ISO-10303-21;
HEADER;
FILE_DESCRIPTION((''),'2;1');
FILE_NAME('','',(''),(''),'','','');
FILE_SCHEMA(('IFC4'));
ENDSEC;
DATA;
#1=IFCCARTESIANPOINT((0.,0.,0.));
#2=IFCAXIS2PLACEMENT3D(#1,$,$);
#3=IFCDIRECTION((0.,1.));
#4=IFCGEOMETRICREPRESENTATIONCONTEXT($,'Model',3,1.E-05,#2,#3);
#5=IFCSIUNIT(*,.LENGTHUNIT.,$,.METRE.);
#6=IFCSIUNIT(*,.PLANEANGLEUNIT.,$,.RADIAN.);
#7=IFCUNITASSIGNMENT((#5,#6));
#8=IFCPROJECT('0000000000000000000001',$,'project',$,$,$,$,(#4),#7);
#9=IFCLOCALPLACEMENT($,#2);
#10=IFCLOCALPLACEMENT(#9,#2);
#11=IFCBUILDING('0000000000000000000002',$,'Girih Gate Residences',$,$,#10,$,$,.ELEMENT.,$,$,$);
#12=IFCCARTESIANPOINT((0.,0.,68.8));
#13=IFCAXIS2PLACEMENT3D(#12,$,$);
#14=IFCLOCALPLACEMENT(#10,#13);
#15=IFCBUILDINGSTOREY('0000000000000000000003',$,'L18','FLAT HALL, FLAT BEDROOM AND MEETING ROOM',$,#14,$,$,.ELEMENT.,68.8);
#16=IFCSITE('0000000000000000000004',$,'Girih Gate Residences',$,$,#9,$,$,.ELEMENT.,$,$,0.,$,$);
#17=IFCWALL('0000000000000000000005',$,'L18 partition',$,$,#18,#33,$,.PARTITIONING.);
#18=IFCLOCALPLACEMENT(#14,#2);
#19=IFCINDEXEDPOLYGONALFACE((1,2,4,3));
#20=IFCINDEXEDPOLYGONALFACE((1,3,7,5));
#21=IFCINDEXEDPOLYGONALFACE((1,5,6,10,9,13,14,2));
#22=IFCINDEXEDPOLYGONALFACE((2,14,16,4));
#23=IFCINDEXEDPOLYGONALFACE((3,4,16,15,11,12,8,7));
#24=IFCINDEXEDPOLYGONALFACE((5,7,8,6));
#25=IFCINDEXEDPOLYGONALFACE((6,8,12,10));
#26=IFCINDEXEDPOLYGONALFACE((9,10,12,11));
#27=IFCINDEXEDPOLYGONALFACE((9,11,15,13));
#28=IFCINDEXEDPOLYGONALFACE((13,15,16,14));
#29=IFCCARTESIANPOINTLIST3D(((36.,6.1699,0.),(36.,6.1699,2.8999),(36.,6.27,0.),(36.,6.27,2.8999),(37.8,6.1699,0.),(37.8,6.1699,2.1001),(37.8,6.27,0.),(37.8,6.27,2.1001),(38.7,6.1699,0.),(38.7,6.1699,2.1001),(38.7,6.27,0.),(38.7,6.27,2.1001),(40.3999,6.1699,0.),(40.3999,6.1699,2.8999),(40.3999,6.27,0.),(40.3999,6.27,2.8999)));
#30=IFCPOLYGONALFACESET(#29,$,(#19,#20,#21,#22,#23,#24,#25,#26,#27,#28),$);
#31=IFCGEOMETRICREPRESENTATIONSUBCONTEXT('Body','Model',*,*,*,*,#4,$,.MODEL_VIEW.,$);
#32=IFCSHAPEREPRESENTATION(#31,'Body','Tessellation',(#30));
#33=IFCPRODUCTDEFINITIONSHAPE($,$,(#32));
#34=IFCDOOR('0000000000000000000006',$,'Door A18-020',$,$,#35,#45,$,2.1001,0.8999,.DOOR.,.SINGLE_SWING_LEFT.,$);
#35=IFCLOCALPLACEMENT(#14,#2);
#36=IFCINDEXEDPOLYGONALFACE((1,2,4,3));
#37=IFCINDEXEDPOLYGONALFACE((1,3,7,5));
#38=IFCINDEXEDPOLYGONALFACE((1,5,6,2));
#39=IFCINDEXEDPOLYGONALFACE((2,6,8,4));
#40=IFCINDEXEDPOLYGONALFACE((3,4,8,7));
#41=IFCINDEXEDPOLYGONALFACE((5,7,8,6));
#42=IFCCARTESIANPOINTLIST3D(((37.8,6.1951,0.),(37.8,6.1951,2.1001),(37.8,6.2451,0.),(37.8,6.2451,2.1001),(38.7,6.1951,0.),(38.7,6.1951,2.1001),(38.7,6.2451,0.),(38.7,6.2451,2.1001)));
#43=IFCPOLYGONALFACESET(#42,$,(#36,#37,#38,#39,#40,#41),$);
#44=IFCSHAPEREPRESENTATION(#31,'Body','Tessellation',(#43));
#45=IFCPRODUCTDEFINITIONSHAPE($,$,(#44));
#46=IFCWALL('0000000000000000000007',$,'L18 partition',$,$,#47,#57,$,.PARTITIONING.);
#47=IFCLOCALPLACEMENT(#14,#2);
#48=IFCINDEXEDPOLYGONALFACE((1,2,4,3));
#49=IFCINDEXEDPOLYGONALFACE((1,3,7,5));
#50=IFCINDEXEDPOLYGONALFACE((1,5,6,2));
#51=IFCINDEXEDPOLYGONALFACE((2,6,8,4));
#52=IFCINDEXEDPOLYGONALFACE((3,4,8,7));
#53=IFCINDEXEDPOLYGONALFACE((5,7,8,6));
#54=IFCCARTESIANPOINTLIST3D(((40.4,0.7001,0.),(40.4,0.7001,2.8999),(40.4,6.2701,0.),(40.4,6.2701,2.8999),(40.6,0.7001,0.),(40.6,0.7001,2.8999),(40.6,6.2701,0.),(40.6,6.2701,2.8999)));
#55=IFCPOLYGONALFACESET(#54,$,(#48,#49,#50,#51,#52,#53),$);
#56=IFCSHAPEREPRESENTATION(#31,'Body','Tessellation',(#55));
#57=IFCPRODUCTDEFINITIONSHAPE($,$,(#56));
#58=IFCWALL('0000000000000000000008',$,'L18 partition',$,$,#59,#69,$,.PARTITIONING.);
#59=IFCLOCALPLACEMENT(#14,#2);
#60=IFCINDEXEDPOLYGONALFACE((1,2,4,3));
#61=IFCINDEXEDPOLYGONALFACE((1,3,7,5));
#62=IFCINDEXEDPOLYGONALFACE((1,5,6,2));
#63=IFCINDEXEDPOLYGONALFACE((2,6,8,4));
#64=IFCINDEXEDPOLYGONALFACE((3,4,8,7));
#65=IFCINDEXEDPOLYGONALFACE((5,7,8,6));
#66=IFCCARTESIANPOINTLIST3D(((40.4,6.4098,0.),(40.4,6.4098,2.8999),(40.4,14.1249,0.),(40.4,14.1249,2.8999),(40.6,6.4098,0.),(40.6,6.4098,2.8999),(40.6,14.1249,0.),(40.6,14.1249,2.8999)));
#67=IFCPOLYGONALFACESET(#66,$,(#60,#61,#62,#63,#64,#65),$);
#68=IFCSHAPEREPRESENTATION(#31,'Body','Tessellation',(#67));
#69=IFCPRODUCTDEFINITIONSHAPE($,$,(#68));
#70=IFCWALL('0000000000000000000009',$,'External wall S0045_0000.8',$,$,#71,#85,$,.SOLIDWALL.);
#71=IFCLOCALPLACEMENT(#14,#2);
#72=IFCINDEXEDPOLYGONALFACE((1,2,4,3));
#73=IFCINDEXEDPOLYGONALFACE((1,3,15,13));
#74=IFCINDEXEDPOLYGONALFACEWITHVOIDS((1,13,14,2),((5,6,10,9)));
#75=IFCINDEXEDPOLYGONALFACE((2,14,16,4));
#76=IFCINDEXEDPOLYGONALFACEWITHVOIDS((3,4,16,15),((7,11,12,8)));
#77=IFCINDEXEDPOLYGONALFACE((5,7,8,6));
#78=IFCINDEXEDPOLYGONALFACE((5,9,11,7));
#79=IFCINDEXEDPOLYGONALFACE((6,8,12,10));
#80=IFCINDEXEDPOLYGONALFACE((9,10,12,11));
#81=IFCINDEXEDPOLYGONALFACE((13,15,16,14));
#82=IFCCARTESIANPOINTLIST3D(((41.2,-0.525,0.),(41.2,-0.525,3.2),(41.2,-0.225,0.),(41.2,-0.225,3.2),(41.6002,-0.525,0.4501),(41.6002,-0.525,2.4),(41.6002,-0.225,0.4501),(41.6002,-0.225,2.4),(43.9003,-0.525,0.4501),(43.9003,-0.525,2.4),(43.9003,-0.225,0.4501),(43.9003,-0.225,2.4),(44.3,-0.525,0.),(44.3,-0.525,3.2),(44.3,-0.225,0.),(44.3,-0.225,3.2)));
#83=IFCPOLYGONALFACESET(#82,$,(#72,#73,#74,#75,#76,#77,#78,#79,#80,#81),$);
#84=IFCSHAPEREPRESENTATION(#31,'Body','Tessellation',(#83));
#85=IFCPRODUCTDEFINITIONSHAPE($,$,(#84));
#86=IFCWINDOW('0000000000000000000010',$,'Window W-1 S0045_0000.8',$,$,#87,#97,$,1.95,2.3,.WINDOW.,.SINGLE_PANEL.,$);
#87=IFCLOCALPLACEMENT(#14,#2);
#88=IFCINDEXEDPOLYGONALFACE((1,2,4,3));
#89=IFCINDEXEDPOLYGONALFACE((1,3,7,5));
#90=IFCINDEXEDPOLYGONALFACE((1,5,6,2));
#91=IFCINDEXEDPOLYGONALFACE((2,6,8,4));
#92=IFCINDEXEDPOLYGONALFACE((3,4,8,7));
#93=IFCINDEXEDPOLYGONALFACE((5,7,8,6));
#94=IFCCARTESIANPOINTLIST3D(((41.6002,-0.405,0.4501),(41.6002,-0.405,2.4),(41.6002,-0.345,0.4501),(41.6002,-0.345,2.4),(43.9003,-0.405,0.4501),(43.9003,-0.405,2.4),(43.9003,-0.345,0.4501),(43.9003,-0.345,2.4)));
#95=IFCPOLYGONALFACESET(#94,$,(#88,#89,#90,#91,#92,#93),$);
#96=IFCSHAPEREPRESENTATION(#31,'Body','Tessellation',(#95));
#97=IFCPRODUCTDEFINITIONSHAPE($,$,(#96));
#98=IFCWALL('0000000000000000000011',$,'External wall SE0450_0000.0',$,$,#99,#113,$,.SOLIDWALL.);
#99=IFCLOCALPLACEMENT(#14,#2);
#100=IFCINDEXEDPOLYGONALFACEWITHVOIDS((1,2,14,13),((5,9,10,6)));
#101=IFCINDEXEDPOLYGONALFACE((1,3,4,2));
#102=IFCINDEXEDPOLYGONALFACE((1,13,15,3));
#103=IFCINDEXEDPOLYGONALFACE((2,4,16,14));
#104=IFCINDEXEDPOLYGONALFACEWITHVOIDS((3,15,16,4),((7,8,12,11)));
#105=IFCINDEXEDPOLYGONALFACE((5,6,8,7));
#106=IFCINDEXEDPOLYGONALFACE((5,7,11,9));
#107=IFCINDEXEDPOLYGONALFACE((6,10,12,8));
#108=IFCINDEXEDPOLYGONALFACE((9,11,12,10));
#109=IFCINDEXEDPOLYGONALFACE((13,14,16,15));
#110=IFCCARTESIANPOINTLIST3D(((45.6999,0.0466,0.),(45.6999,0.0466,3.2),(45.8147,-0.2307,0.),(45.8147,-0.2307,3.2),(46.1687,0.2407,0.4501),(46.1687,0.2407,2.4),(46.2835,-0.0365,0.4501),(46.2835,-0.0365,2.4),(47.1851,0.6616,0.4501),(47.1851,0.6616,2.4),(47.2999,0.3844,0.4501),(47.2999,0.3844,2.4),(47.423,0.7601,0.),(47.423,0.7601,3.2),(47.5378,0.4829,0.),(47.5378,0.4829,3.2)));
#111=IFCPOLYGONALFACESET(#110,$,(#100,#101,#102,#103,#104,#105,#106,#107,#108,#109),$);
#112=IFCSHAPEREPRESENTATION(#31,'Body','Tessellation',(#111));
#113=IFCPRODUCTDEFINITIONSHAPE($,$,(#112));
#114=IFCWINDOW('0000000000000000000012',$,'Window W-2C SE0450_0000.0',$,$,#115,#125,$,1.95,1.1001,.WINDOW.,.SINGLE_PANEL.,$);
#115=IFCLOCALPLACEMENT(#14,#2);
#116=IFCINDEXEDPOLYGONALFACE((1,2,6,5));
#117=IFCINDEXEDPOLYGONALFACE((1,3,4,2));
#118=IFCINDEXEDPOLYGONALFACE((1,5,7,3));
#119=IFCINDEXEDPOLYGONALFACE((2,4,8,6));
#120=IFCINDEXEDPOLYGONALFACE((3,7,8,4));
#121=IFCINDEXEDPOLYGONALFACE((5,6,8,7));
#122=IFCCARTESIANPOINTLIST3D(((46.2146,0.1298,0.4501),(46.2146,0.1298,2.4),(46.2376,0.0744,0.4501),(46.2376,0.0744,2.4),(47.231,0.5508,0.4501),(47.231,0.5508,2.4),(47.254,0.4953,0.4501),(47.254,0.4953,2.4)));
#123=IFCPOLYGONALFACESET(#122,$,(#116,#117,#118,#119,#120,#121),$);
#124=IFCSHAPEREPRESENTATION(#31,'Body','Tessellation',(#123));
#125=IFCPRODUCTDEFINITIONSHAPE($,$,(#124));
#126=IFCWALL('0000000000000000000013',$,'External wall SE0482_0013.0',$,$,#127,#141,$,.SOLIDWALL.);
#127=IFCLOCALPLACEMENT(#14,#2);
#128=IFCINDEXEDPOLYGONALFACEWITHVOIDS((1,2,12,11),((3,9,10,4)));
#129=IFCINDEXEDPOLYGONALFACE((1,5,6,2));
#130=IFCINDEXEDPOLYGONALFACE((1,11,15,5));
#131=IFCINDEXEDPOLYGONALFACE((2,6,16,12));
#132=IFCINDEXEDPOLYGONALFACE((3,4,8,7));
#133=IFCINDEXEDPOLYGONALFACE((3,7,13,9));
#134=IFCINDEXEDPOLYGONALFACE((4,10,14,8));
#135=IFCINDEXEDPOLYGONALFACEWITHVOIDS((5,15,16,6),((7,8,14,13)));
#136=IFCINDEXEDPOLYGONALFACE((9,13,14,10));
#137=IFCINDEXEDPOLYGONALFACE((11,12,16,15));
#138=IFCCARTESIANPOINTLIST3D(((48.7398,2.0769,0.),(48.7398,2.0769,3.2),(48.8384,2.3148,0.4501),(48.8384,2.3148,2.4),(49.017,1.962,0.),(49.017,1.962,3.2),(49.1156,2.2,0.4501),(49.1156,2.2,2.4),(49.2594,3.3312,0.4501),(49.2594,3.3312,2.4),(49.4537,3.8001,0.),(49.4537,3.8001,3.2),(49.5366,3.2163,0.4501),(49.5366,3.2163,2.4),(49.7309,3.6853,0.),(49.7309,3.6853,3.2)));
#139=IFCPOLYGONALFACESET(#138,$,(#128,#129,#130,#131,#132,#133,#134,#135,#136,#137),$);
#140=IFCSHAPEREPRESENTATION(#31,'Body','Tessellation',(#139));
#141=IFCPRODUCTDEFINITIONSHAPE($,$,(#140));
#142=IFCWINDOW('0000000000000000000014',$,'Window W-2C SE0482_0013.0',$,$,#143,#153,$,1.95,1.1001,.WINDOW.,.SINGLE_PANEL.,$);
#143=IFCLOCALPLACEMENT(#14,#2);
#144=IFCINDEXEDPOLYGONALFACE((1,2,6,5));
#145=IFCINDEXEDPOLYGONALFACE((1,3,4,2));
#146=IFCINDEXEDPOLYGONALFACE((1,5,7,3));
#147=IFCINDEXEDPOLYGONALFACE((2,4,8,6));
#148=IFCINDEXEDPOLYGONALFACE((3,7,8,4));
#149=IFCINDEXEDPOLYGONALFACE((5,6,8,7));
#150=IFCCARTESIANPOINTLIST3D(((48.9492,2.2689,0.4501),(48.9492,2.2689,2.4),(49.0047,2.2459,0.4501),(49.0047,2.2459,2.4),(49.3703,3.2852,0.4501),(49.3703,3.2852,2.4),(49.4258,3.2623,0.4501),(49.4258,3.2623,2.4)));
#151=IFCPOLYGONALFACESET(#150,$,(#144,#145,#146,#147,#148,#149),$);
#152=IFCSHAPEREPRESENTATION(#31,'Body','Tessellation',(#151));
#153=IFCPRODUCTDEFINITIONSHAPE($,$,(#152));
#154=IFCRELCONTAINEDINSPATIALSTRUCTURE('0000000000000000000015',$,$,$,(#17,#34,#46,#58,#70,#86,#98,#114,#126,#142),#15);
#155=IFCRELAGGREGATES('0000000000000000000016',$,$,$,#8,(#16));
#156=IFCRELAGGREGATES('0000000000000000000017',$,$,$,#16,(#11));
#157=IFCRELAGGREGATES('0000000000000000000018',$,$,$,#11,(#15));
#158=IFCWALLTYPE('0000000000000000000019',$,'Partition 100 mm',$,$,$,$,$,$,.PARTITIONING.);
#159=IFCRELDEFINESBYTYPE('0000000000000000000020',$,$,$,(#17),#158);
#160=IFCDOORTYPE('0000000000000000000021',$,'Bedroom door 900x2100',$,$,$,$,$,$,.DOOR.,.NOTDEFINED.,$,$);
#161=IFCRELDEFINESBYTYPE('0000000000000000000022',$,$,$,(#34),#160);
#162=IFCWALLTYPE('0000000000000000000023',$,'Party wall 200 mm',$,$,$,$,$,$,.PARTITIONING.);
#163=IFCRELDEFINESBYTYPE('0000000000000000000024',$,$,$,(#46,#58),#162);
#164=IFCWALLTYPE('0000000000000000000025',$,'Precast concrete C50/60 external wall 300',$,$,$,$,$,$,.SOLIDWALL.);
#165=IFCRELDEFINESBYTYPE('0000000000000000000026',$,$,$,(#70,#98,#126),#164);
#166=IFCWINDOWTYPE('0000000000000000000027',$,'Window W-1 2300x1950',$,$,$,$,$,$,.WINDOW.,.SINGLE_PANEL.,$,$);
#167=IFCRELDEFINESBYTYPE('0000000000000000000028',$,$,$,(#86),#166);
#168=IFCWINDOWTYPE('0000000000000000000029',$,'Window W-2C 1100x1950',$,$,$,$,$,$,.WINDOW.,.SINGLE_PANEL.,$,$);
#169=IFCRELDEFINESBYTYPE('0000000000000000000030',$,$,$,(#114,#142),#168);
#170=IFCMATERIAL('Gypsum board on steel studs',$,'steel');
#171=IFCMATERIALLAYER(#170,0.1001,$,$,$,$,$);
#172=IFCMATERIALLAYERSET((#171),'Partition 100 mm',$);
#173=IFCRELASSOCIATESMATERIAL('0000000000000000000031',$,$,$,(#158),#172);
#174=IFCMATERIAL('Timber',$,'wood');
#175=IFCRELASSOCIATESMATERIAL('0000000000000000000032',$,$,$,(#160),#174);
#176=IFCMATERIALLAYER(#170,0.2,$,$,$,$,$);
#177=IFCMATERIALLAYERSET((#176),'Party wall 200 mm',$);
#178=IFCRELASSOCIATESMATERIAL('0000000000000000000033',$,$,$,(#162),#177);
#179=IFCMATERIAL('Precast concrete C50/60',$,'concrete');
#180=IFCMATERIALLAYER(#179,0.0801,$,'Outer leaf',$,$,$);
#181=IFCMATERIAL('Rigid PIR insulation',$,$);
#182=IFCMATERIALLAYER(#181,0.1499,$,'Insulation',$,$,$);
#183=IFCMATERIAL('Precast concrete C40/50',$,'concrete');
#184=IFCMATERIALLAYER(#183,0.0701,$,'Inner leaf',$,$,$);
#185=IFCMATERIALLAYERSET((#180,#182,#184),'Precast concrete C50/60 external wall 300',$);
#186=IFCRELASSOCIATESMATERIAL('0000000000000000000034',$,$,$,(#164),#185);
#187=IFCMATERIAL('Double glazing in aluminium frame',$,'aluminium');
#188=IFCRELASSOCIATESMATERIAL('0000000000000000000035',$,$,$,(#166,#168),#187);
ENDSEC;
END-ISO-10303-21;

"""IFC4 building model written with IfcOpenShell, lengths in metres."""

from ifc_helpers import new_model, si_unit, direction, frame, frame_2d, origin, place, context, subcontext, project, spatial, rectangle, extrude, material, layer, layer_set, type_object, element, fill, save


model = new_model("IFC4")

# Units and contexts
model_context = context("Model", 3, precision=1e-05, world=origin(), true_north=direction((0.0, 1.0)))
body_context = subcontext(model_context, "Body", "Model", "MODEL_VIEW")
ifc_project = project(units=[si_unit("LENGTHUNIT", "METRE"), si_unit("PLANEANGLEUNIT", "RADIAN")], contexts=[model_context])

# Site, building, storey
site_placement = place(None, origin())
site = spatial("IfcSite", under=ifc_project, at=site_placement, Name="Girih Gate Residences", CompositionType="ELEMENT", RefElevation=0.0)
building_placement = place(site_placement, origin())
building = spatial("IfcBuilding", under=site, at=building_placement, Name="Girih Gate Residences", CompositionType="ELEMENT")
storey_placement = place(building_placement, frame((0.0, 0.0, 68.8)))
storey = spatial("IfcBuildingStorey", under=building, at=storey_placement, Name="L18", Description="FLAT HALL, FLAT BEDROOM AND MEETING ROOM", CompositionType="ELEMENT", Elevation=68.8)

# Shared definitions
ifc_material_1 = material(Name="Gypsum board on steel studs", Category="steel")
ifc_layer_1 = layer(ifc_material_1, 0.1001)
ifc_layer_set_1 = layer_set([ifc_layer_1], Name="Partition 100 mm")
wall_type_1 = type_object("IfcWallType", Name="Partition 100 mm", PredefinedType="PARTITIONING", material=ifc_layer_set_1)
ifc_material_2 = material(Name="Timber", Category="wood")
door_type_1 = type_object("IfcDoorType", Name="Bedroom door 900x2100", OperationType="NOTDEFINED", PredefinedType="DOOR", material=ifc_material_2)

# Wall, opening, door
wall_1_placement = place(storey_placement, frame((40.3999, 6.22, 0.0), z_axis=(0.0, 0.0, 1.0), x_axis=(-1.0, 0.0, 0.0)))
wall_1 = element("IfcWall", 1, at=wall_1_placement, inside=storey, type_object=wall_type_1, Name="L18 partition", PredefinedType="PARTITIONING", context=body_context, shape_type="SweptSolid", body=[
    extrude(rectangle(XDim=4.3999, YDim=0.1001, at=frame_2d((2.2, 0.0))), origin(), (0.0, 0.0, 1.0), 2.8999),
])
opening_1_placement = place(wall_1_placement, frame((1.7, 0.0, 0.0)))
opening_1 = element("IfcOpeningElement", 2, at=opening_1_placement, cuts=wall_1, PredefinedType="OPENING", context=body_context, shape_type="SweptSolid", body=[
    extrude(rectangle(XDim=0.8999, YDim=2.1001, at=frame_2d((0.45, 1.05))), frame((0.0, 0.0601, 0.0), z_axis=(0.0, -1.0, 0.0), x_axis=(1.0, 0.0, 0.0)), (0.0, 0.0, 1.0), 0.1201),
])
door_1_placement = place(opening_1_placement, origin())
door_1 = element("IfcDoor", 3, at=door_1_placement, inside=storey, type_object=door_type_1, Name="Door A18-020", OperationType="SINGLE_SWING_LEFT", OverallHeight=2.1001, OverallWidth=0.8999, PredefinedType="DOOR", context=body_context, shape_type="SweptSolid", body=[
    extrude(rectangle(XDim=0.8999, YDim=2.1001, at=frame_2d((0.45, 1.05))), frame((0.0, 0.0249, 0.0), z_axis=(0.0, -1.0, 0.0), x_axis=(1.0, 0.0, 0.0)), (0.0, 0.0, 1.0), 0.05),
])
fill(opening_1, door_1)

# Walls
ifc_layer_2 = layer(ifc_material_1, 0.2)
ifc_layer_set_2 = layer_set([ifc_layer_2], Name="Party wall 200 mm")
wall_type_2 = type_object("IfcWallType", Name="Party wall 200 mm", PredefinedType="PARTITIONING", material=ifc_layer_set_2)
wall_2_placement = place(storey_placement, frame((40.5, 0.7, 0.0), z_axis=(0.0, 0.0, 1.0), x_axis=(0.0, 1.0, 0.0)))
element("IfcWall", 4, at=wall_2_placement, inside=storey, type_object=wall_type_2, Name="L18 partition", PredefinedType="PARTITIONING", context=body_context, shape_type="SweptSolid", body=[
    extrude(rectangle(XDim=5.5701, YDim=0.2, at=frame_2d((2.7852, 0.0))), origin(), (0.0, 0.0, 1.0), 2.8999),
])
wall_3_placement = place(storey_placement, frame((40.5, 6.4099, 0.0), z_axis=(0.0, 0.0, 1.0), x_axis=(0.0, 1.0, 0.0)))
element("IfcWall", 5, at=wall_3_placement, inside=storey, type_object=wall_type_2, Name="L18 partition", PredefinedType="PARTITIONING", context=body_context, shape_type="SweptSolid", body=[
    extrude(rectangle(XDim=7.7151, YDim=0.2, at=frame_2d((3.8574, 0.0))), origin(), (0.0, 0.0, 1.0), 2.8999),
])

# Walls, openings, windows
ifc_material_3 = material(Name="Precast concrete C50/60", Category="concrete")
ifc_layer_3 = layer(ifc_material_3, 0.0801, Name="Outer leaf")
ifc_material_4 = material(Name="Rigid PIR insulation")
ifc_layer_4 = layer(ifc_material_4, 0.1499, Name="Insulation")
ifc_material_5 = material(Name="Precast concrete C40/50", Category="concrete")
ifc_layer_5 = layer(ifc_material_5, 0.0701, Name="Inner leaf")
ifc_layer_set_3 = layer_set([ifc_layer_3, ifc_layer_4, ifc_layer_5], Name="Precast concrete C50/60 external wall 300")
wall_type_3 = type_object("IfcWallType", Name="Precast concrete C50/60 external wall 300", PredefinedType="SOLIDWALL", material=ifc_layer_set_3)
wall_4_placement = place(storey_placement, frame((44.3, -0.375, 0.0), z_axis=(0.0, 0.0, 1.0), x_axis=(-1.0, 0.0, 0.0)))
wall_4 = element("IfcWall", 6, at=wall_4_placement, inside=storey, type_object=wall_type_3, Name="External wall S0045_0000.8", PredefinedType="SOLIDWALL", context=body_context, shape_type="SweptSolid", body=[
    extrude(rectangle(XDim=3.1001, YDim=0.3, at=frame_2d((1.55, 0.0))), origin(), (0.0, 0.0, 1.0), 3.2),
])
opening_2_placement = place(wall_4_placement, frame((0.3999, 0.0, 0.45)))
opening_2 = element("IfcOpeningElement", 7, at=opening_2_placement, cuts=wall_4, PredefinedType="OPENING", context=body_context, shape_type="SweptSolid", body=[
    extrude(rectangle(XDim=2.3, YDim=1.95, at=frame_2d((1.1499, 0.9751))), frame((0.0, 0.1599, 0.0), z_axis=(0.0, -1.0, 0.0), x_axis=(1.0, 0.0, 0.0)), (0.0, 0.0, 1.0), 0.3201),
])
ifc_material_6 = material(Name="Double glazing in aluminium frame", Category="aluminium")
window_type_1 = type_object("IfcWindowType", Name="Window W-1 2300x1950", PartitioningType="SINGLE_PANEL", PredefinedType="WINDOW", material=ifc_material_6)
window_1_placement = place(opening_2_placement, origin())
window_1 = element("IfcWindow", 8, at=window_1_placement, inside=storey, type_object=window_type_1, Name="Window W-1 S0045_0000.8", OverallHeight=1.95, OverallWidth=2.3, PartitioningType="SINGLE_PANEL", PredefinedType="WINDOW", context=body_context, shape_type="SweptSolid", body=[
    extrude(rectangle(XDim=2.3, YDim=1.95, at=frame_2d((1.1499, 0.9751))), frame((0.0, 0.03, 0.0), z_axis=(0.0, -1.0, 0.0), x_axis=(1.0, 0.0, 0.0)), (0.0, 0.0, 1.0), 0.0601),
])
fill(opening_2, window_1)
wall_5_placement = place(storey_placement, frame((47.4805, 0.6216, 0.0), z_axis=(0.0, 0.0, 1.0), x_axis=(-0.923904, -0.382625, 0.0)))
wall_5 = element("IfcWall", 9, at=wall_5_placement, inside=storey, type_object=wall_type_3, Name="External wall SE0450_0000.0", PredefinedType="SOLIDWALL", context=body_context, shape_type="SweptSolid", body=[
    extrude(rectangle(XDim=1.865, YDim=0.3, at=frame_2d((0.9326, 0.0))), origin(), (0.0, 0.0, 1.0), 3.2),
])
opening_3_placement = place(wall_5_placement, frame((0.2576, 0.0, 0.45)))
opening_3 = element("IfcOpeningElement", 10, at=opening_3_placement, cuts=wall_5, PredefinedType="OPENING", context=body_context, shape_type="SweptSolid", body=[
    extrude(rectangle(XDim=1.1001, YDim=1.95, at=frame_2d((0.55, 0.9751))), frame((0.0, 0.1599, 0.0), z_axis=(0.0, -1.0, 0.0), x_axis=(1.0, 0.0, 0.0)), (0.0, 0.0, 1.0), 0.3201),
])
window_type_2 = type_object("IfcWindowType", Name="Window W-2C 1100x1950", PartitioningType="SINGLE_PANEL", PredefinedType="WINDOW", material=ifc_material_6)
window_2_placement = place(opening_3_placement, origin())
window_2 = element("IfcWindow", 11, at=window_2_placement, inside=storey, type_object=window_type_2, Name="Window W-2C SE0450_0000.0", OverallHeight=1.95, OverallWidth=1.1001, PartitioningType="SINGLE_PANEL", PredefinedType="WINDOW", context=body_context, shape_type="SweptSolid", body=[
    extrude(rectangle(XDim=1.1001, YDim=1.95, at=frame_2d((0.55, 0.9751))), frame((0.0, 0.03, 0.0), z_axis=(0.0, -1.0, 0.0), x_axis=(1.0, 0.0, 0.0)), (0.0, 0.0, 1.0), 0.0601),
])
fill(opening_3, window_2)
wall_6_placement = place(storey_placement, frame((49.5923, 3.7427, 0.0), z_axis=(0.0, 0.0, 1.0), x_axis=(-0.382737, -0.923857, 0.0)))
wall_6 = element("IfcWall", 12, at=wall_6_placement, inside=storey, type_object=wall_type_3, Name="External wall SE0482_0013.0", PredefinedType="SOLIDWALL", context=body_context, shape_type="SweptSolid", body=[
    extrude(rectangle(XDim=1.8652, YDim=0.3, at=frame_2d((0.9326, 0.0))), origin(), (0.0, 0.0, 1.0), 3.2),
])
opening_4_placement = place(wall_6_placement, frame((0.5076, 0.0, 0.45)))
opening_4 = element("IfcOpeningElement", 13, at=opening_4_placement, cuts=wall_6, PredefinedType="OPENING", context=body_context, shape_type="SweptSolid", body=[
    extrude(rectangle(XDim=1.1001, YDim=1.95, at=frame_2d((0.55, 0.9751))), frame((0.0, 0.1599, 0.0), z_axis=(0.0, -1.0, 0.0), x_axis=(1.0, 0.0, 0.0)), (0.0, 0.0, 1.0), 0.3201),
])
window_3_placement = place(opening_4_placement, origin())
window_3 = element("IfcWindow", 14, at=window_3_placement, inside=storey, type_object=window_type_2, Name="Window W-2C SE0482_0013.0", OverallHeight=1.95, OverallWidth=1.1001, PartitioningType="SINGLE_PANEL", PredefinedType="WINDOW", context=body_context, shape_type="SweptSolid", body=[
    extrude(rectangle(XDim=1.1001, YDim=1.95, at=frame_2d((0.55, 0.9751))), frame((0.0, 0.03, 0.0), z_axis=(0.0, -1.0, 0.0), x_axis=(1.0, 0.0, 0.0)), (0.0, 0.0, 1.0), 0.0601),
])
fill(opening_4, window_3)

save(model, "model.ifc")
